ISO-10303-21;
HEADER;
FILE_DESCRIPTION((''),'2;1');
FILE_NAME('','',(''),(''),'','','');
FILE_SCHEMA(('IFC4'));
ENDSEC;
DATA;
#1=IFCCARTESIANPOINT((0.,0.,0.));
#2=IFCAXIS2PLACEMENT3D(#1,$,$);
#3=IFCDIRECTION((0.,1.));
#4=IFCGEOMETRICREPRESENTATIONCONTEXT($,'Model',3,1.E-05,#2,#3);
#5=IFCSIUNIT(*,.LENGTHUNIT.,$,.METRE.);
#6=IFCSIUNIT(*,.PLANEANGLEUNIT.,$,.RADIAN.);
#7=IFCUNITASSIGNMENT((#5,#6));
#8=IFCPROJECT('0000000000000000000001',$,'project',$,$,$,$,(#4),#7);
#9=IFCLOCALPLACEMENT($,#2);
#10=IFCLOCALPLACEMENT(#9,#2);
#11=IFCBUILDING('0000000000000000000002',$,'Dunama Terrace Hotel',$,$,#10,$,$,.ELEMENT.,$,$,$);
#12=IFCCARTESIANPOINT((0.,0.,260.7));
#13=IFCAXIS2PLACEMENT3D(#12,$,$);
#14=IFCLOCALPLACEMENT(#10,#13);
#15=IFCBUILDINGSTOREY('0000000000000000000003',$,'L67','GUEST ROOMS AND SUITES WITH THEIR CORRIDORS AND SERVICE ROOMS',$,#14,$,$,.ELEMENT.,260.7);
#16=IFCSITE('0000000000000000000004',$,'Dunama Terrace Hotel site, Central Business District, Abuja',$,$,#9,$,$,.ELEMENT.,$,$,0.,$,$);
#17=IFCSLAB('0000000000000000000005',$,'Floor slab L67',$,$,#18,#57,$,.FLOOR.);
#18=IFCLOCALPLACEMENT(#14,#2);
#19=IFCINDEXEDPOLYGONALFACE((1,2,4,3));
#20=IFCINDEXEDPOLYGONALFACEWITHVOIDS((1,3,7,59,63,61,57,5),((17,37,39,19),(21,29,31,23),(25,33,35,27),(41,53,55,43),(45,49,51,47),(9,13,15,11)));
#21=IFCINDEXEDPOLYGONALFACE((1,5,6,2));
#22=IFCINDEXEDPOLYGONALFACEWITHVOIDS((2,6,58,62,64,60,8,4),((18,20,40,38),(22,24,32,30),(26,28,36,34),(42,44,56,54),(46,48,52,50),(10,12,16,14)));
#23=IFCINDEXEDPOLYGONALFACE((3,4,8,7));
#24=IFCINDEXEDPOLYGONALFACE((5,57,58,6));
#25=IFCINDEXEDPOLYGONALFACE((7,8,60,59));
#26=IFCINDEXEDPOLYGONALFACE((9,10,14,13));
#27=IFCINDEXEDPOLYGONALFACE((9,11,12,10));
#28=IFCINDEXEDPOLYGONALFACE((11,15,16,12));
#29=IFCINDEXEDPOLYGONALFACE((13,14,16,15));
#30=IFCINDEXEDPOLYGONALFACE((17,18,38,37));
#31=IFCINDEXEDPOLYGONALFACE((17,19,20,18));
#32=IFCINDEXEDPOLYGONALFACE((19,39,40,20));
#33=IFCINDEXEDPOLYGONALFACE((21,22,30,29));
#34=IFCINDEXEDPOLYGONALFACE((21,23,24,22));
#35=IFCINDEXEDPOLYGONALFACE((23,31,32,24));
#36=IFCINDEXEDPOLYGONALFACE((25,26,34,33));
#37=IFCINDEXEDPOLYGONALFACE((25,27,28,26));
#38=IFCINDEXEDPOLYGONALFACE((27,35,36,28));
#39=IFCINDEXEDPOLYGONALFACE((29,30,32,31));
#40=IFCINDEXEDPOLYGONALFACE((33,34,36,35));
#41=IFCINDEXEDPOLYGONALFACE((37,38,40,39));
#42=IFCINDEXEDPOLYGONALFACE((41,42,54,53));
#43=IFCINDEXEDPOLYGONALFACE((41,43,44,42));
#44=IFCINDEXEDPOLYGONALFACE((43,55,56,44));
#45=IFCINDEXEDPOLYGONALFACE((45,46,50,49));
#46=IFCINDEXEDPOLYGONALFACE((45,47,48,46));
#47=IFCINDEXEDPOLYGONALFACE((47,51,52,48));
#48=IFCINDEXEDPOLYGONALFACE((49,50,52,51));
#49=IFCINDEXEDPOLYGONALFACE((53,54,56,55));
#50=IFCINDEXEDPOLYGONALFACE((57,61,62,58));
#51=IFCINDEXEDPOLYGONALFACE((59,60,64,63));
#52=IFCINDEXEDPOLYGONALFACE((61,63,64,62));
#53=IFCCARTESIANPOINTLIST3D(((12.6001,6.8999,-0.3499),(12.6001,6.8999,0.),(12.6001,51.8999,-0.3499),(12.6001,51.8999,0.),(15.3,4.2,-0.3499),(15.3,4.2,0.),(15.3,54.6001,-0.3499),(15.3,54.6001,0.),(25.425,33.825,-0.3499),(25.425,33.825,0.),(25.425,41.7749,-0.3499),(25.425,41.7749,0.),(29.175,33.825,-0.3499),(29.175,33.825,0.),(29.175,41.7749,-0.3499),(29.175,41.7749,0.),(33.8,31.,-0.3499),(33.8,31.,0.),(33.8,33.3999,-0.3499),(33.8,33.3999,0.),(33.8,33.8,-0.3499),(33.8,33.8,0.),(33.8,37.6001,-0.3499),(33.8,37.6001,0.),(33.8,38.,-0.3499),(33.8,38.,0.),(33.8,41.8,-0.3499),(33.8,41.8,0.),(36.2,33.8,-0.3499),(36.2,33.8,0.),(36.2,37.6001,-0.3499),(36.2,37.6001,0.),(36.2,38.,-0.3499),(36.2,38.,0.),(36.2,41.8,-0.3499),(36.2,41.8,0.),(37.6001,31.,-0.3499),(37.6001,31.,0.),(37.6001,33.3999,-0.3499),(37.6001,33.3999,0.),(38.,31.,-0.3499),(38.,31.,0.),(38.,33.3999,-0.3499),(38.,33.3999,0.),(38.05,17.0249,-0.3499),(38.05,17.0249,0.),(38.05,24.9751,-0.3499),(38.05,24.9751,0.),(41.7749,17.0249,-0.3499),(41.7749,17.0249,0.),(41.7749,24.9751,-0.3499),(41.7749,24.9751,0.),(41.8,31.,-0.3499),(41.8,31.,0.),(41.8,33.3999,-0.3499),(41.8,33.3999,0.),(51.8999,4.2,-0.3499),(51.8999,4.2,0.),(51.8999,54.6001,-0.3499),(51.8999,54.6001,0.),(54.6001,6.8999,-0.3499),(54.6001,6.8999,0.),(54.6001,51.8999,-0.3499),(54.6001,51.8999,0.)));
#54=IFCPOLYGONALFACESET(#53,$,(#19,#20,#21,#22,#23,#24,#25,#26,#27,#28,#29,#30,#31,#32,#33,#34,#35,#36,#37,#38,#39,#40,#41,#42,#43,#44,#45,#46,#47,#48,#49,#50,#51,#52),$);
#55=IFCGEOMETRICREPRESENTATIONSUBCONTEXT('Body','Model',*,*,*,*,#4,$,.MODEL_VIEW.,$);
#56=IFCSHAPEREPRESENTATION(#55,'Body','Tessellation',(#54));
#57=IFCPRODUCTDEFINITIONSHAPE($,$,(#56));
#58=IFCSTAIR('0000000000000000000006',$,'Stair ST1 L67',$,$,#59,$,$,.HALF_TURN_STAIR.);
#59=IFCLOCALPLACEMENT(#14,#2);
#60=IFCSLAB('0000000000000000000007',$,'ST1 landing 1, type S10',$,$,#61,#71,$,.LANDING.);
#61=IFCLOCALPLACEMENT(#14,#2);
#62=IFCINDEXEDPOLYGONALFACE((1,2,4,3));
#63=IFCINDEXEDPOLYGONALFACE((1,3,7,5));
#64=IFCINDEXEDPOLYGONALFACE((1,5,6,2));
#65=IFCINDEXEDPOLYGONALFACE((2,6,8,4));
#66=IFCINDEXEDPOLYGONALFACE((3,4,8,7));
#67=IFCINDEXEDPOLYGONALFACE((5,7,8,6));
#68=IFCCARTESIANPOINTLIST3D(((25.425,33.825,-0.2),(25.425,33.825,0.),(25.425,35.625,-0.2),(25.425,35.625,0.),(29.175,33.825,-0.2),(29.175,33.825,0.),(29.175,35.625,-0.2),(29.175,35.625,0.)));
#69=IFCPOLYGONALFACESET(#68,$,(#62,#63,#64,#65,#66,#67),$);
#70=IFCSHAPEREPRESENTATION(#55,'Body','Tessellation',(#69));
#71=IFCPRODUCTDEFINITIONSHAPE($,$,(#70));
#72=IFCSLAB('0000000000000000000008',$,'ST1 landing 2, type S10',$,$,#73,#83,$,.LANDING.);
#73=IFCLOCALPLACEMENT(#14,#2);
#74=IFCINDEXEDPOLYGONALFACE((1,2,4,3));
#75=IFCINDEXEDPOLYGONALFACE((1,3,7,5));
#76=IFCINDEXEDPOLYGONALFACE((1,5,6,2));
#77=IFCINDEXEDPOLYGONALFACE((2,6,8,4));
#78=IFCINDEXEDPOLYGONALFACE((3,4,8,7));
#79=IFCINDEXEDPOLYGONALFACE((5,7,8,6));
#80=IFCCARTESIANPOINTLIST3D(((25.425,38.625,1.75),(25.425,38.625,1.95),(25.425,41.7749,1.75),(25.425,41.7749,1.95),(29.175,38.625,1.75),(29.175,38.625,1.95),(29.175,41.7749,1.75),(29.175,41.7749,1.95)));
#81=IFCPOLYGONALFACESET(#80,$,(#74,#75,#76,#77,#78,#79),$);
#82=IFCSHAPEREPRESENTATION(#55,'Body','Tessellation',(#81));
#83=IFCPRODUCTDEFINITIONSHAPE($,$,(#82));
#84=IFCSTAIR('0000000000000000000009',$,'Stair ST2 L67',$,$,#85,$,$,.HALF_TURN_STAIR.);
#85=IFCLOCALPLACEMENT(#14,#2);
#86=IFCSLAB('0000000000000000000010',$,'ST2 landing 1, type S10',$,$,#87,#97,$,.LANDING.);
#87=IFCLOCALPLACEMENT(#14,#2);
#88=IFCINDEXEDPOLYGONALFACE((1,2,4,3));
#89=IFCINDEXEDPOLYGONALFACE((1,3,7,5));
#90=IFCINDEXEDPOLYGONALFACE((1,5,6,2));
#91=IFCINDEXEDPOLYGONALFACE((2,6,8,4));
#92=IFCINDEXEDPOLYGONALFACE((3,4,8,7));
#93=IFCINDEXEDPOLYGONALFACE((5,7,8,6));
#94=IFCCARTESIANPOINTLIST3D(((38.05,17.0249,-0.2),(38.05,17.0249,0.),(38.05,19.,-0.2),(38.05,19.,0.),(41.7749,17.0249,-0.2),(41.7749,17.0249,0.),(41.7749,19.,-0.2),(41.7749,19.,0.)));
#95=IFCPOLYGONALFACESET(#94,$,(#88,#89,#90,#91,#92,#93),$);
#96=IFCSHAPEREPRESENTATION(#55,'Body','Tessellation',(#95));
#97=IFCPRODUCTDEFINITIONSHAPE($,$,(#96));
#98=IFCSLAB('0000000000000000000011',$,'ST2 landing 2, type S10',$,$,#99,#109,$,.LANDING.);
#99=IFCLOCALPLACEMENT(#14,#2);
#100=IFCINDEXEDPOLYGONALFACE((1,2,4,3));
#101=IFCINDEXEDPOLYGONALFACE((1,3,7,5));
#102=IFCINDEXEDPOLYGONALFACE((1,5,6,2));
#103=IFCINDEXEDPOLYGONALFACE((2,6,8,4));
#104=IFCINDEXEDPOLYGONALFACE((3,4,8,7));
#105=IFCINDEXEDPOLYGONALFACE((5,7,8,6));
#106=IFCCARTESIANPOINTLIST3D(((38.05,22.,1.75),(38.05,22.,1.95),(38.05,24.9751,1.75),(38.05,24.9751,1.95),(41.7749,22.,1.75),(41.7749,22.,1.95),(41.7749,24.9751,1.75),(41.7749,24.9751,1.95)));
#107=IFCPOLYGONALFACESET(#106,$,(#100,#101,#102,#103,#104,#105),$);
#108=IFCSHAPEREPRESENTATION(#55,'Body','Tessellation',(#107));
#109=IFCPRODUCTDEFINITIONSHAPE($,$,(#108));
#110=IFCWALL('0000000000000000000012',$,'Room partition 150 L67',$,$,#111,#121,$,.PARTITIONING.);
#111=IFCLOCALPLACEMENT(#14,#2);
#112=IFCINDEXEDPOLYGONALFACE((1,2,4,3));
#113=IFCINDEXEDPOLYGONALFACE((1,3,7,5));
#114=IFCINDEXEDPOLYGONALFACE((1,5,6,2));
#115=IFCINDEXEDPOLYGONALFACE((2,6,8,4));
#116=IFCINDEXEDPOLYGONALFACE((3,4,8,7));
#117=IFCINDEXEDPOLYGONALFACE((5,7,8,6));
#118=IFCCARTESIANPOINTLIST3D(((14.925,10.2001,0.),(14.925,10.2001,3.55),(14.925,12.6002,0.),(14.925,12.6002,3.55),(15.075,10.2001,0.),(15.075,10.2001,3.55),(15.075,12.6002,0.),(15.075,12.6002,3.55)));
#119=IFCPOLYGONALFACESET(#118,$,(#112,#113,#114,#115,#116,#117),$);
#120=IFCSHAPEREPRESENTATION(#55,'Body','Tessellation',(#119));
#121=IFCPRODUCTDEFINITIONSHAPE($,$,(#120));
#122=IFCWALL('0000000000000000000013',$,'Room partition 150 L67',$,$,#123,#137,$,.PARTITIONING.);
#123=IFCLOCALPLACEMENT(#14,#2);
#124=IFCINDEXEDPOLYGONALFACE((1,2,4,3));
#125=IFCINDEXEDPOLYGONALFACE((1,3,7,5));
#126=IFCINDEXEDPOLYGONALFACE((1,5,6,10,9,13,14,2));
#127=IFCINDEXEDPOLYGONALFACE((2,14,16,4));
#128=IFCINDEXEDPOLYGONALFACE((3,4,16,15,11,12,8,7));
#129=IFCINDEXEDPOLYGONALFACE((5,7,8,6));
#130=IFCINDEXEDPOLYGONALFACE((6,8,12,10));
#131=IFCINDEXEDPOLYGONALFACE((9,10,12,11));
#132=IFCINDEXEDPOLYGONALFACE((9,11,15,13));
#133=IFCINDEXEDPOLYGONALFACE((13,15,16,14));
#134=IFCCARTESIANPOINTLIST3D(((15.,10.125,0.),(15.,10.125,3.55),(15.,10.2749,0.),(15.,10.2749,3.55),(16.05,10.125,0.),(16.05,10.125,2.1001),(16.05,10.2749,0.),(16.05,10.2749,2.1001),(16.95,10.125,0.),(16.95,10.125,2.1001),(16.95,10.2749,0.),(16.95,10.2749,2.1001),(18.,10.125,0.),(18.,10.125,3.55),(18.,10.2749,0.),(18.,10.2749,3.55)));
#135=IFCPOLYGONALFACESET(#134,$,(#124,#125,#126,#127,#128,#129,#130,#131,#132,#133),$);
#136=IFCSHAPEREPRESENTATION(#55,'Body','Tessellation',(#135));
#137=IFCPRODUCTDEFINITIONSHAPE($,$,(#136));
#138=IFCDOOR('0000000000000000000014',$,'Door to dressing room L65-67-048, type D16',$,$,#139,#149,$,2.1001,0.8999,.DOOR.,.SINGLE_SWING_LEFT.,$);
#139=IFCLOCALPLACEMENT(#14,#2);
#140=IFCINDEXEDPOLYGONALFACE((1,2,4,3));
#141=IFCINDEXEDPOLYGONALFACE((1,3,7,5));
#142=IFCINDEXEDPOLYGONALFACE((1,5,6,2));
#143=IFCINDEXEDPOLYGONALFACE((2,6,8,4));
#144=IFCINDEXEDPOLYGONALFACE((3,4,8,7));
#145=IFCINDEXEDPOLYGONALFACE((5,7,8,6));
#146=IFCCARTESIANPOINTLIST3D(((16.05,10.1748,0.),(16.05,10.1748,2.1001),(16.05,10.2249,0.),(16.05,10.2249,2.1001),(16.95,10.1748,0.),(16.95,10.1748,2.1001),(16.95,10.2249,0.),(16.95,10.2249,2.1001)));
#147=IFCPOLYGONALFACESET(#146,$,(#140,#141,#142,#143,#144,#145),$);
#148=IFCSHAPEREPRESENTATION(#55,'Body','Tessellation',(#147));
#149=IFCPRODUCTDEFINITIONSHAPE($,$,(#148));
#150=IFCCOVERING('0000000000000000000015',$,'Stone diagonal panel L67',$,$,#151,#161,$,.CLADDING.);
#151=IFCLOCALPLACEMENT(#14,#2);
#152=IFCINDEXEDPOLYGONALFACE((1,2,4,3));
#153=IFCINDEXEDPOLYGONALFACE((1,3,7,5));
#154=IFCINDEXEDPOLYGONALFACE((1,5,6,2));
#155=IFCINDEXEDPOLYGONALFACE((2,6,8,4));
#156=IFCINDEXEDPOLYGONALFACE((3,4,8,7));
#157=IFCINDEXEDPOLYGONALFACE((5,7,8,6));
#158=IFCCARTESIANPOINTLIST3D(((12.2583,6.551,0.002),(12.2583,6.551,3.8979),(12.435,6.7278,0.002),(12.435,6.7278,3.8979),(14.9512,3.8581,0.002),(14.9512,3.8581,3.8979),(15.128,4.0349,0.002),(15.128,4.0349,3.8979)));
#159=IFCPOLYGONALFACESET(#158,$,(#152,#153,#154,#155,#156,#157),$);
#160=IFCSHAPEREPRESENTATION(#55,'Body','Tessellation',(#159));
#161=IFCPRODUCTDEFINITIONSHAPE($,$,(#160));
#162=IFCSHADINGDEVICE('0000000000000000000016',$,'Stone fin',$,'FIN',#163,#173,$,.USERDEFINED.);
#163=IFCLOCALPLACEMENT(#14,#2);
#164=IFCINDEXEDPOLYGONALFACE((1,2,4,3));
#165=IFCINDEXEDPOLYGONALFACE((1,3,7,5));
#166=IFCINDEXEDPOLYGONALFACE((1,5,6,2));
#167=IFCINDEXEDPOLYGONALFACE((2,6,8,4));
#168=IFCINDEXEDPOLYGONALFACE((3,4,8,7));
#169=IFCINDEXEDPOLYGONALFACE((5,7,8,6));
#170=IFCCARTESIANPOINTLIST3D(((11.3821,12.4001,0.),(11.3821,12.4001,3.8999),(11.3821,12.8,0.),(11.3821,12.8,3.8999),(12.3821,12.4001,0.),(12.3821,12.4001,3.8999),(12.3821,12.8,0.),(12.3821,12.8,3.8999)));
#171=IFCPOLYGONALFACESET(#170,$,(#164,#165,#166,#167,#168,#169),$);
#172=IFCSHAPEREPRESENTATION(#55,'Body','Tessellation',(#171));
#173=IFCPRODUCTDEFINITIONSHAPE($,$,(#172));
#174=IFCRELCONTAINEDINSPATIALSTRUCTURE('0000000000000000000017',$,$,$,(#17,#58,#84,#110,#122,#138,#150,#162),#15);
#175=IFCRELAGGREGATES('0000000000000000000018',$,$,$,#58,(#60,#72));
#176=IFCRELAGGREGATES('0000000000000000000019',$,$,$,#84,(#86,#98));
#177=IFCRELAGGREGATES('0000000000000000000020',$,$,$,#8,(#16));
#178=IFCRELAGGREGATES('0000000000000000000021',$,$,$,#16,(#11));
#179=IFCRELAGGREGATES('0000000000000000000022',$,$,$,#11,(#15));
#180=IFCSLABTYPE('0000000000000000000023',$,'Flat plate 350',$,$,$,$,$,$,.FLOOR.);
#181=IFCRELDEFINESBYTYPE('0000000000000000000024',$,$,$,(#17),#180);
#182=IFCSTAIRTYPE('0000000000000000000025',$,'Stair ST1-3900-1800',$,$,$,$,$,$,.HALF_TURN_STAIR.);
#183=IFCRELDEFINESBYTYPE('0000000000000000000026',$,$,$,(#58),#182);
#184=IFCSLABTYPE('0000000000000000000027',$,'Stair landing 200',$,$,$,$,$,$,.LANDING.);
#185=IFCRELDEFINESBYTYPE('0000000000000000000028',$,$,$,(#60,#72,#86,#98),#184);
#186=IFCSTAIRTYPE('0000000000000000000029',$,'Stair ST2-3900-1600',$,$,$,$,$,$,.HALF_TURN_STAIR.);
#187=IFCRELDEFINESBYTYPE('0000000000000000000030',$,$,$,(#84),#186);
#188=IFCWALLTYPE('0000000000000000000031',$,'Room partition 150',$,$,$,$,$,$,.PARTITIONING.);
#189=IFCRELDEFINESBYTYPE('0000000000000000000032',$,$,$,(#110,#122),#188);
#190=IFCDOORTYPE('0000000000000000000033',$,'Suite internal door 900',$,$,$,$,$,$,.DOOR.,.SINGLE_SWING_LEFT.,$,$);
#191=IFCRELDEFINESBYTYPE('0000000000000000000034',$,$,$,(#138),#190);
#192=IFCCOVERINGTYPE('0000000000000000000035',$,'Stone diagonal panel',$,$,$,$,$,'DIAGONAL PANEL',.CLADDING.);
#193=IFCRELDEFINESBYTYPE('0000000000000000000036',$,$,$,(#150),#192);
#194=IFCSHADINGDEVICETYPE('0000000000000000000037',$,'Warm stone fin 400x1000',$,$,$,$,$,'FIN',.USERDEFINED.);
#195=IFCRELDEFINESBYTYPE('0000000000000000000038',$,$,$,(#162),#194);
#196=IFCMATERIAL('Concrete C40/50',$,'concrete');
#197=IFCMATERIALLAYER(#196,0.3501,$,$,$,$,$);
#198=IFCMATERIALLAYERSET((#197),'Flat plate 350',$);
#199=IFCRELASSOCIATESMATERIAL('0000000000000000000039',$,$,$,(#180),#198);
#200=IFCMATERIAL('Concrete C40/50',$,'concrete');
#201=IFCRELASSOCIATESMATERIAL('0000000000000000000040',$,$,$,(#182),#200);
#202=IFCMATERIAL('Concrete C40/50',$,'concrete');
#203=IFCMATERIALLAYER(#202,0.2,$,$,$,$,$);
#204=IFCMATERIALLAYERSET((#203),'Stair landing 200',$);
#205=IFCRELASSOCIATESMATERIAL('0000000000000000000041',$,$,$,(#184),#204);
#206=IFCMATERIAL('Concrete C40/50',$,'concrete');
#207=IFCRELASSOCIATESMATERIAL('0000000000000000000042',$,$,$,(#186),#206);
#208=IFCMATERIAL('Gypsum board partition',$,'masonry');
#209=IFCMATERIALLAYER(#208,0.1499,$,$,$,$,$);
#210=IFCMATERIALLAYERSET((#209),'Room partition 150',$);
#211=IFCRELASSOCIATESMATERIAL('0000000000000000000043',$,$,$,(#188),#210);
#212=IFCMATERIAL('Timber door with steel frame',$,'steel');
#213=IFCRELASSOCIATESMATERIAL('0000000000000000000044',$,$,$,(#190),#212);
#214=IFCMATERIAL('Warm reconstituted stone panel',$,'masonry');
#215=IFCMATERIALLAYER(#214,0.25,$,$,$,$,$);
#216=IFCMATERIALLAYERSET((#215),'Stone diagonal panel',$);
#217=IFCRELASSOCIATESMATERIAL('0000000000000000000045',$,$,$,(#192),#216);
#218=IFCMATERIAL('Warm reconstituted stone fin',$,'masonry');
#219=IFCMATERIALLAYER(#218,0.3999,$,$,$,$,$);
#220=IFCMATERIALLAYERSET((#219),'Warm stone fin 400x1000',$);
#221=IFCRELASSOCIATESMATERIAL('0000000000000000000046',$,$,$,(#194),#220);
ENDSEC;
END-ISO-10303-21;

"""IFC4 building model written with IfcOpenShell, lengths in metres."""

from ifc_helpers import new_model, si_unit, direction, frame, frame_2d, origin, origin_2d, place, context, subcontext, project, spatial, polyline, rectangle, outline, extrude, material, layer, layer_set, type_object, element, fill, aggregate, save


model = new_model("IFC4")

# Units and contexts
model_context = context("Model", 3, precision=1e-05, world=origin(), true_north=direction((0.0, 1.0)))
body_context = subcontext(model_context, "Body", "Model", "MODEL_VIEW")
ifc_project = project(units=[si_unit("LENGTHUNIT", "METRE"), si_unit("PLANEANGLEUNIT", "RADIAN")], contexts=[model_context])

# Site, building, storey
site_placement = place(None, origin())
site = spatial("IfcSite", under=ifc_project, at=site_placement, Name="Dunama Terrace Hotel site, Central Business District, Abuja", CompositionType="ELEMENT", RefElevation=0.0)
building_placement = place(site_placement, origin())
building = spatial("IfcBuilding", under=site, at=building_placement, Name="Dunama Terrace Hotel", CompositionType="ELEMENT")
storey_placement = place(building_placement, frame((0.0, 0.0, 260.7)))
storey = spatial("IfcBuildingStorey", under=building, at=storey_placement, Name="L67", Description="GUEST ROOMS AND SUITES WITH THEIR CORRIDORS AND SERVICE ROOMS", CompositionType="ELEMENT", Elevation=260.7)

# Slab
ifc_material_1 = material(Name="Concrete C40/50", Category="concrete")
ifc_layer_1 = layer(ifc_material_1, 0.3501)
ifc_layer_set_1 = layer_set([ifc_layer_1], Name="Flat plate 350")
slab_type_1 = type_object("IfcSlabType", Name="Flat plate 350", PredefinedType="FLOOR", material=ifc_layer_set_1)
slab_1_placement = place(storey_placement, frame((0.0, 0.0, -0.3499)))
element("IfcSlab", 1, at=slab_1_placement, inside=storey, type_object=slab_type_1, Name="Floor slab L67", PredefinedType="FLOOR", context=body_context, shape_type="SweptSolid", body=[
    extrude(outline(polyline([(15.3, 4.2), (51.8999, 4.2), (54.6001, 6.8999), (54.6001, 51.8999), (51.8999, 54.6001), (15.3, 54.6001), (12.6001, 51.8999), (12.6001, 6.8999), (15.3, 4.2)]), holes=[polyline([(37.6001, 31.0), (37.6001, 33.3999), (33.8, 33.3999), (33.8, 31.0), (37.6001, 31.0)]), polyline([(41.8, 31.0), (41.8, 33.3999), (38.0, 33.3999), (38.0, 31.0), (41.8, 31.0)]), polyline([(36.2, 38.0), (36.2, 41.8), (33.8, 41.8), (33.8, 38.0), (36.2, 38.0)]), polyline([(36.2, 33.8), (36.2, 37.6001), (33.8, 37.6001), (33.8, 33.8), (36.2, 33.8)]), polyline([(29.175, 33.825), (29.175, 41.7749), (25.425, 41.7749), (25.425, 33.825), (29.175, 33.825)]), polyline([(41.7749, 17.0249), (41.7749, 24.9751), (38.05, 24.9751), (38.05, 17.0249), (41.7749, 17.0249)])]), origin(), (0.0, 0.0, 1.0), 0.3499),
])

# Stairs, slabs
ifc_material_2 = material(Name="Concrete C40/50", Category="concrete")
stair_type_1 = type_object("IfcStairType", Name="Stair ST1-3900-1800", PredefinedType="HALF_TURN_STAIR", material=ifc_material_2)
stair_1_placement = place(storey_placement, origin())
stair_1 = element("IfcStair", 2, at=stair_1_placement, inside=storey, type_object=stair_type_1, Name="Stair ST1 L67", PredefinedType="HALF_TURN_STAIR")
ifc_material_3 = material(Name="Concrete C40/50", Category="concrete")
ifc_layer_2 = layer(ifc_material_3, 0.2)
ifc_layer_set_2 = layer_set([ifc_layer_2], Name="Stair landing 200")
slab_type_2 = type_object("IfcSlabType", Name="Stair landing 200", PredefinedType="LANDING", material=ifc_layer_set_2)
slab_2_placement = place(storey_placement, frame((0.0, 0.0, -0.2)))
slab_2 = element("IfcSlab", 3, at=slab_2_placement, type_object=slab_type_2, Name="ST1 landing 1, type S10", PredefinedType="LANDING", context=body_context, shape_type="SweptSolid", body=[
    extrude(outline(polyline([(25.425, 33.825), (29.175, 33.825), (29.175, 35.625), (25.425, 35.625), (25.425, 33.825)])), origin(), (0.0, 0.0, 1.0), 0.2),
])
slab_3_placement = place(storey_placement, frame((0.0, 0.0, 1.75)))
slab_3 = element("IfcSlab", 4, at=slab_3_placement, type_object=slab_type_2, Name="ST1 landing 2, type S10", PredefinedType="LANDING", context=body_context, shape_type="SweptSolid", body=[
    extrude(outline(polyline([(25.425, 38.625), (29.175, 38.625), (29.175, 41.7749), (25.425, 41.7749), (25.425, 38.625)])), origin(), (0.0, 0.0, 1.0), 0.2),
])
aggregate(stair_1, [slab_2, slab_3])
ifc_material_4 = material(Name="Concrete C40/50", Category="concrete")
stair_type_2 = type_object("IfcStairType", Name="Stair ST2-3900-1600", PredefinedType="HALF_TURN_STAIR", material=ifc_material_4)
stair_2_placement = place(storey_placement, origin())
stair_2 = element("IfcStair", 5, at=stair_2_placement, inside=storey, type_object=stair_type_2, Name="Stair ST2 L67", PredefinedType="HALF_TURN_STAIR")
slab_4_placement = place(storey_placement, frame((0.0, 0.0, -0.2)))
slab_4 = element("IfcSlab", 6, at=slab_4_placement, type_object=slab_type_2, Name="ST2 landing 1, type S10", PredefinedType="LANDING", context=body_context, shape_type="SweptSolid", body=[
    extrude(outline(polyline([(38.05, 17.0249), (41.7749, 17.0249), (41.7749, 19.0), (38.05, 19.0), (38.05, 17.0249)])), origin(), (0.0, 0.0, 1.0), 0.2),
])
slab_5_placement = place(storey_placement, frame((0.0, 0.0, 1.75)))
slab_5 = element("IfcSlab", 7, at=slab_5_placement, type_object=slab_type_2, Name="ST2 landing 2, type S10", PredefinedType="LANDING", context=body_context, shape_type="SweptSolid", body=[
    extrude(outline(polyline([(38.05, 22.0), (41.7749, 22.0), (41.7749, 24.9751), (38.05, 24.9751), (38.05, 22.0)])), origin(), (0.0, 0.0, 1.0), 0.2),
])
aggregate(stair_2, [slab_4, slab_5])

# Wall
ifc_material_5 = material(Name="Gypsum board partition", Category="masonry")
ifc_layer_3 = layer(ifc_material_5, 0.1499)
ifc_layer_set_3 = layer_set([ifc_layer_3], Name="Room partition 150")
wall_type = type_object("IfcWallType", Name="Room partition 150", PredefinedType="PARTITIONING", material=ifc_layer_set_3)
wall_1_placement = place(storey_placement, frame((15.0, 10.2, 0.0), z_axis=(0.0, 0.0, 1.0), x_axis=(0.0, 1.0, 0.0)))
element("IfcWall", 8, at=wall_1_placement, inside=storey, type_object=wall_type, Name="Room partition 150 L67", PredefinedType="PARTITIONING", context=body_context, shape_type="SweptSolid", body=[
    extrude(rectangle(XDim=2.4001, YDim=0.1499, at=frame_2d((1.2002, 0.0))), origin(), (0.0, 0.0, 1.0), 3.55),
])

# Wall, opening, door
wall_2_placement = place(storey_placement, frame((15.0, 10.2, 0.0), z_axis=(0.0, 0.0, 1.0), x_axis=(1.0, 0.0, 0.0)))
wall_2 = element("IfcWall", 9, at=wall_2_placement, inside=storey, type_object=wall_type, Name="Room partition 150 L67", PredefinedType="PARTITIONING", context=body_context, shape_type="SweptSolid", body=[
    extrude(rectangle(XDim=3.0, YDim=0.1499, at=frame_2d((1.5, 0.0))), origin(), (0.0, 0.0, 1.0), 3.55),
])
opening_placement = place(wall_2_placement, frame((1.05, 0.0, 0.0)))
opening = element("IfcOpeningElement", 10, at=opening_placement, cuts=wall_2, PredefinedType="OPENING", context=body_context, shape_type="SweptSolid", body=[
    extrude(rectangle(XDim=0.8999, YDim=2.1001, at=frame_2d((0.45, 1.05))), frame((0.0, 0.085, 0.0), z_axis=(0.0, -1.0, 0.0), x_axis=(1.0, 0.0, 0.0)), (0.0, 0.0, 1.0), 0.1699),
])
ifc_material_6 = material(Name="Timber door with steel frame", Category="steel")
door_type = type_object("IfcDoorType", Name="Suite internal door 900", OperationType="SINGLE_SWING_LEFT", PredefinedType="DOOR", material=ifc_material_6)
door_placement = place(opening_placement, origin())
door = element("IfcDoor", 11, at=door_placement, inside=storey, type_object=door_type, Name="Door to dressing room L65-67-048, type D16", OperationType="SINGLE_SWING_LEFT", OverallHeight=2.1001, OverallWidth=0.8999, PredefinedType="DOOR", context=body_context, shape_type="SweptSolid", body=[
    extrude(rectangle(XDim=0.8999, YDim=2.1001, at=frame_2d((0.45, 1.05))), frame((0.0, 0.0249, 0.0), z_axis=(0.0, -1.0, 0.0), x_axis=(1.0, 0.0, 0.0)), (0.0, 0.0, 1.0), 0.05),
])
fill(opening, door)

# Covering
ifc_material_7 = material(Name="Warm reconstituted stone panel", Category="masonry")
ifc_layer_4 = layer(ifc_material_7, 0.25)
ifc_layer_set_4 = layer_set([ifc_layer_4], Name="Stone diagonal panel")
covering_type = type_object("IfcCoveringType", Name="Stone diagonal panel", ElementType="DIAGONAL PANEL", PredefinedType="CLADDING", material=ifc_layer_set_4)
covering_placement = place(storey_placement, frame((13.6931, 5.293, 0.002), z_axis=(0.0, 0.0, 1.0), x_axis=(0.707107, -0.707107, 0.0)))
element("IfcCovering", 12, at=covering_placement, inside=storey, type_object=covering_type, Name="Stone diagonal panel L67", PredefinedType="CLADDING", context=body_context, shape_type="SweptSolid", body=[
    extrude(rectangle(XDim=3.8083, YDim=0.25, at=origin_2d()), origin(), (0.0, 0.0, 1.0), 3.896),
])

# Shading device
ifc_material_8 = material(Name="Warm reconstituted stone fin", Category="masonry")
ifc_layer_5 = layer(ifc_material_8, 0.3999)
ifc_layer_set_5 = layer_set([ifc_layer_5], Name="Warm stone fin 400x1000")
shading_device_type = type_object("IfcShadingDeviceType", Name="Warm stone fin 400x1000", ElementType="FIN", PredefinedType="USERDEFINED", material=ifc_layer_set_5)
shading_device_placement = place(storey_placement, frame((11.8821, 12.6001, 0.0), z_axis=(0.0, 0.0, 1.0), x_axis=(0.0, -1.0, 0.0)))
element("IfcShadingDevice", 13, at=shading_device_placement, inside=storey, type_object=shading_device_type, Name="Stone fin", ObjectType="FIN", PredefinedType="USERDEFINED", context=body_context, shape_type="SweptSolid", body=[
    extrude(rectangle(XDim=0.3999, YDim=1.0, at=origin_2d()), origin(), (0.0, 0.0, 1.0), 3.8999),
])

save(model, "model.ifc")
